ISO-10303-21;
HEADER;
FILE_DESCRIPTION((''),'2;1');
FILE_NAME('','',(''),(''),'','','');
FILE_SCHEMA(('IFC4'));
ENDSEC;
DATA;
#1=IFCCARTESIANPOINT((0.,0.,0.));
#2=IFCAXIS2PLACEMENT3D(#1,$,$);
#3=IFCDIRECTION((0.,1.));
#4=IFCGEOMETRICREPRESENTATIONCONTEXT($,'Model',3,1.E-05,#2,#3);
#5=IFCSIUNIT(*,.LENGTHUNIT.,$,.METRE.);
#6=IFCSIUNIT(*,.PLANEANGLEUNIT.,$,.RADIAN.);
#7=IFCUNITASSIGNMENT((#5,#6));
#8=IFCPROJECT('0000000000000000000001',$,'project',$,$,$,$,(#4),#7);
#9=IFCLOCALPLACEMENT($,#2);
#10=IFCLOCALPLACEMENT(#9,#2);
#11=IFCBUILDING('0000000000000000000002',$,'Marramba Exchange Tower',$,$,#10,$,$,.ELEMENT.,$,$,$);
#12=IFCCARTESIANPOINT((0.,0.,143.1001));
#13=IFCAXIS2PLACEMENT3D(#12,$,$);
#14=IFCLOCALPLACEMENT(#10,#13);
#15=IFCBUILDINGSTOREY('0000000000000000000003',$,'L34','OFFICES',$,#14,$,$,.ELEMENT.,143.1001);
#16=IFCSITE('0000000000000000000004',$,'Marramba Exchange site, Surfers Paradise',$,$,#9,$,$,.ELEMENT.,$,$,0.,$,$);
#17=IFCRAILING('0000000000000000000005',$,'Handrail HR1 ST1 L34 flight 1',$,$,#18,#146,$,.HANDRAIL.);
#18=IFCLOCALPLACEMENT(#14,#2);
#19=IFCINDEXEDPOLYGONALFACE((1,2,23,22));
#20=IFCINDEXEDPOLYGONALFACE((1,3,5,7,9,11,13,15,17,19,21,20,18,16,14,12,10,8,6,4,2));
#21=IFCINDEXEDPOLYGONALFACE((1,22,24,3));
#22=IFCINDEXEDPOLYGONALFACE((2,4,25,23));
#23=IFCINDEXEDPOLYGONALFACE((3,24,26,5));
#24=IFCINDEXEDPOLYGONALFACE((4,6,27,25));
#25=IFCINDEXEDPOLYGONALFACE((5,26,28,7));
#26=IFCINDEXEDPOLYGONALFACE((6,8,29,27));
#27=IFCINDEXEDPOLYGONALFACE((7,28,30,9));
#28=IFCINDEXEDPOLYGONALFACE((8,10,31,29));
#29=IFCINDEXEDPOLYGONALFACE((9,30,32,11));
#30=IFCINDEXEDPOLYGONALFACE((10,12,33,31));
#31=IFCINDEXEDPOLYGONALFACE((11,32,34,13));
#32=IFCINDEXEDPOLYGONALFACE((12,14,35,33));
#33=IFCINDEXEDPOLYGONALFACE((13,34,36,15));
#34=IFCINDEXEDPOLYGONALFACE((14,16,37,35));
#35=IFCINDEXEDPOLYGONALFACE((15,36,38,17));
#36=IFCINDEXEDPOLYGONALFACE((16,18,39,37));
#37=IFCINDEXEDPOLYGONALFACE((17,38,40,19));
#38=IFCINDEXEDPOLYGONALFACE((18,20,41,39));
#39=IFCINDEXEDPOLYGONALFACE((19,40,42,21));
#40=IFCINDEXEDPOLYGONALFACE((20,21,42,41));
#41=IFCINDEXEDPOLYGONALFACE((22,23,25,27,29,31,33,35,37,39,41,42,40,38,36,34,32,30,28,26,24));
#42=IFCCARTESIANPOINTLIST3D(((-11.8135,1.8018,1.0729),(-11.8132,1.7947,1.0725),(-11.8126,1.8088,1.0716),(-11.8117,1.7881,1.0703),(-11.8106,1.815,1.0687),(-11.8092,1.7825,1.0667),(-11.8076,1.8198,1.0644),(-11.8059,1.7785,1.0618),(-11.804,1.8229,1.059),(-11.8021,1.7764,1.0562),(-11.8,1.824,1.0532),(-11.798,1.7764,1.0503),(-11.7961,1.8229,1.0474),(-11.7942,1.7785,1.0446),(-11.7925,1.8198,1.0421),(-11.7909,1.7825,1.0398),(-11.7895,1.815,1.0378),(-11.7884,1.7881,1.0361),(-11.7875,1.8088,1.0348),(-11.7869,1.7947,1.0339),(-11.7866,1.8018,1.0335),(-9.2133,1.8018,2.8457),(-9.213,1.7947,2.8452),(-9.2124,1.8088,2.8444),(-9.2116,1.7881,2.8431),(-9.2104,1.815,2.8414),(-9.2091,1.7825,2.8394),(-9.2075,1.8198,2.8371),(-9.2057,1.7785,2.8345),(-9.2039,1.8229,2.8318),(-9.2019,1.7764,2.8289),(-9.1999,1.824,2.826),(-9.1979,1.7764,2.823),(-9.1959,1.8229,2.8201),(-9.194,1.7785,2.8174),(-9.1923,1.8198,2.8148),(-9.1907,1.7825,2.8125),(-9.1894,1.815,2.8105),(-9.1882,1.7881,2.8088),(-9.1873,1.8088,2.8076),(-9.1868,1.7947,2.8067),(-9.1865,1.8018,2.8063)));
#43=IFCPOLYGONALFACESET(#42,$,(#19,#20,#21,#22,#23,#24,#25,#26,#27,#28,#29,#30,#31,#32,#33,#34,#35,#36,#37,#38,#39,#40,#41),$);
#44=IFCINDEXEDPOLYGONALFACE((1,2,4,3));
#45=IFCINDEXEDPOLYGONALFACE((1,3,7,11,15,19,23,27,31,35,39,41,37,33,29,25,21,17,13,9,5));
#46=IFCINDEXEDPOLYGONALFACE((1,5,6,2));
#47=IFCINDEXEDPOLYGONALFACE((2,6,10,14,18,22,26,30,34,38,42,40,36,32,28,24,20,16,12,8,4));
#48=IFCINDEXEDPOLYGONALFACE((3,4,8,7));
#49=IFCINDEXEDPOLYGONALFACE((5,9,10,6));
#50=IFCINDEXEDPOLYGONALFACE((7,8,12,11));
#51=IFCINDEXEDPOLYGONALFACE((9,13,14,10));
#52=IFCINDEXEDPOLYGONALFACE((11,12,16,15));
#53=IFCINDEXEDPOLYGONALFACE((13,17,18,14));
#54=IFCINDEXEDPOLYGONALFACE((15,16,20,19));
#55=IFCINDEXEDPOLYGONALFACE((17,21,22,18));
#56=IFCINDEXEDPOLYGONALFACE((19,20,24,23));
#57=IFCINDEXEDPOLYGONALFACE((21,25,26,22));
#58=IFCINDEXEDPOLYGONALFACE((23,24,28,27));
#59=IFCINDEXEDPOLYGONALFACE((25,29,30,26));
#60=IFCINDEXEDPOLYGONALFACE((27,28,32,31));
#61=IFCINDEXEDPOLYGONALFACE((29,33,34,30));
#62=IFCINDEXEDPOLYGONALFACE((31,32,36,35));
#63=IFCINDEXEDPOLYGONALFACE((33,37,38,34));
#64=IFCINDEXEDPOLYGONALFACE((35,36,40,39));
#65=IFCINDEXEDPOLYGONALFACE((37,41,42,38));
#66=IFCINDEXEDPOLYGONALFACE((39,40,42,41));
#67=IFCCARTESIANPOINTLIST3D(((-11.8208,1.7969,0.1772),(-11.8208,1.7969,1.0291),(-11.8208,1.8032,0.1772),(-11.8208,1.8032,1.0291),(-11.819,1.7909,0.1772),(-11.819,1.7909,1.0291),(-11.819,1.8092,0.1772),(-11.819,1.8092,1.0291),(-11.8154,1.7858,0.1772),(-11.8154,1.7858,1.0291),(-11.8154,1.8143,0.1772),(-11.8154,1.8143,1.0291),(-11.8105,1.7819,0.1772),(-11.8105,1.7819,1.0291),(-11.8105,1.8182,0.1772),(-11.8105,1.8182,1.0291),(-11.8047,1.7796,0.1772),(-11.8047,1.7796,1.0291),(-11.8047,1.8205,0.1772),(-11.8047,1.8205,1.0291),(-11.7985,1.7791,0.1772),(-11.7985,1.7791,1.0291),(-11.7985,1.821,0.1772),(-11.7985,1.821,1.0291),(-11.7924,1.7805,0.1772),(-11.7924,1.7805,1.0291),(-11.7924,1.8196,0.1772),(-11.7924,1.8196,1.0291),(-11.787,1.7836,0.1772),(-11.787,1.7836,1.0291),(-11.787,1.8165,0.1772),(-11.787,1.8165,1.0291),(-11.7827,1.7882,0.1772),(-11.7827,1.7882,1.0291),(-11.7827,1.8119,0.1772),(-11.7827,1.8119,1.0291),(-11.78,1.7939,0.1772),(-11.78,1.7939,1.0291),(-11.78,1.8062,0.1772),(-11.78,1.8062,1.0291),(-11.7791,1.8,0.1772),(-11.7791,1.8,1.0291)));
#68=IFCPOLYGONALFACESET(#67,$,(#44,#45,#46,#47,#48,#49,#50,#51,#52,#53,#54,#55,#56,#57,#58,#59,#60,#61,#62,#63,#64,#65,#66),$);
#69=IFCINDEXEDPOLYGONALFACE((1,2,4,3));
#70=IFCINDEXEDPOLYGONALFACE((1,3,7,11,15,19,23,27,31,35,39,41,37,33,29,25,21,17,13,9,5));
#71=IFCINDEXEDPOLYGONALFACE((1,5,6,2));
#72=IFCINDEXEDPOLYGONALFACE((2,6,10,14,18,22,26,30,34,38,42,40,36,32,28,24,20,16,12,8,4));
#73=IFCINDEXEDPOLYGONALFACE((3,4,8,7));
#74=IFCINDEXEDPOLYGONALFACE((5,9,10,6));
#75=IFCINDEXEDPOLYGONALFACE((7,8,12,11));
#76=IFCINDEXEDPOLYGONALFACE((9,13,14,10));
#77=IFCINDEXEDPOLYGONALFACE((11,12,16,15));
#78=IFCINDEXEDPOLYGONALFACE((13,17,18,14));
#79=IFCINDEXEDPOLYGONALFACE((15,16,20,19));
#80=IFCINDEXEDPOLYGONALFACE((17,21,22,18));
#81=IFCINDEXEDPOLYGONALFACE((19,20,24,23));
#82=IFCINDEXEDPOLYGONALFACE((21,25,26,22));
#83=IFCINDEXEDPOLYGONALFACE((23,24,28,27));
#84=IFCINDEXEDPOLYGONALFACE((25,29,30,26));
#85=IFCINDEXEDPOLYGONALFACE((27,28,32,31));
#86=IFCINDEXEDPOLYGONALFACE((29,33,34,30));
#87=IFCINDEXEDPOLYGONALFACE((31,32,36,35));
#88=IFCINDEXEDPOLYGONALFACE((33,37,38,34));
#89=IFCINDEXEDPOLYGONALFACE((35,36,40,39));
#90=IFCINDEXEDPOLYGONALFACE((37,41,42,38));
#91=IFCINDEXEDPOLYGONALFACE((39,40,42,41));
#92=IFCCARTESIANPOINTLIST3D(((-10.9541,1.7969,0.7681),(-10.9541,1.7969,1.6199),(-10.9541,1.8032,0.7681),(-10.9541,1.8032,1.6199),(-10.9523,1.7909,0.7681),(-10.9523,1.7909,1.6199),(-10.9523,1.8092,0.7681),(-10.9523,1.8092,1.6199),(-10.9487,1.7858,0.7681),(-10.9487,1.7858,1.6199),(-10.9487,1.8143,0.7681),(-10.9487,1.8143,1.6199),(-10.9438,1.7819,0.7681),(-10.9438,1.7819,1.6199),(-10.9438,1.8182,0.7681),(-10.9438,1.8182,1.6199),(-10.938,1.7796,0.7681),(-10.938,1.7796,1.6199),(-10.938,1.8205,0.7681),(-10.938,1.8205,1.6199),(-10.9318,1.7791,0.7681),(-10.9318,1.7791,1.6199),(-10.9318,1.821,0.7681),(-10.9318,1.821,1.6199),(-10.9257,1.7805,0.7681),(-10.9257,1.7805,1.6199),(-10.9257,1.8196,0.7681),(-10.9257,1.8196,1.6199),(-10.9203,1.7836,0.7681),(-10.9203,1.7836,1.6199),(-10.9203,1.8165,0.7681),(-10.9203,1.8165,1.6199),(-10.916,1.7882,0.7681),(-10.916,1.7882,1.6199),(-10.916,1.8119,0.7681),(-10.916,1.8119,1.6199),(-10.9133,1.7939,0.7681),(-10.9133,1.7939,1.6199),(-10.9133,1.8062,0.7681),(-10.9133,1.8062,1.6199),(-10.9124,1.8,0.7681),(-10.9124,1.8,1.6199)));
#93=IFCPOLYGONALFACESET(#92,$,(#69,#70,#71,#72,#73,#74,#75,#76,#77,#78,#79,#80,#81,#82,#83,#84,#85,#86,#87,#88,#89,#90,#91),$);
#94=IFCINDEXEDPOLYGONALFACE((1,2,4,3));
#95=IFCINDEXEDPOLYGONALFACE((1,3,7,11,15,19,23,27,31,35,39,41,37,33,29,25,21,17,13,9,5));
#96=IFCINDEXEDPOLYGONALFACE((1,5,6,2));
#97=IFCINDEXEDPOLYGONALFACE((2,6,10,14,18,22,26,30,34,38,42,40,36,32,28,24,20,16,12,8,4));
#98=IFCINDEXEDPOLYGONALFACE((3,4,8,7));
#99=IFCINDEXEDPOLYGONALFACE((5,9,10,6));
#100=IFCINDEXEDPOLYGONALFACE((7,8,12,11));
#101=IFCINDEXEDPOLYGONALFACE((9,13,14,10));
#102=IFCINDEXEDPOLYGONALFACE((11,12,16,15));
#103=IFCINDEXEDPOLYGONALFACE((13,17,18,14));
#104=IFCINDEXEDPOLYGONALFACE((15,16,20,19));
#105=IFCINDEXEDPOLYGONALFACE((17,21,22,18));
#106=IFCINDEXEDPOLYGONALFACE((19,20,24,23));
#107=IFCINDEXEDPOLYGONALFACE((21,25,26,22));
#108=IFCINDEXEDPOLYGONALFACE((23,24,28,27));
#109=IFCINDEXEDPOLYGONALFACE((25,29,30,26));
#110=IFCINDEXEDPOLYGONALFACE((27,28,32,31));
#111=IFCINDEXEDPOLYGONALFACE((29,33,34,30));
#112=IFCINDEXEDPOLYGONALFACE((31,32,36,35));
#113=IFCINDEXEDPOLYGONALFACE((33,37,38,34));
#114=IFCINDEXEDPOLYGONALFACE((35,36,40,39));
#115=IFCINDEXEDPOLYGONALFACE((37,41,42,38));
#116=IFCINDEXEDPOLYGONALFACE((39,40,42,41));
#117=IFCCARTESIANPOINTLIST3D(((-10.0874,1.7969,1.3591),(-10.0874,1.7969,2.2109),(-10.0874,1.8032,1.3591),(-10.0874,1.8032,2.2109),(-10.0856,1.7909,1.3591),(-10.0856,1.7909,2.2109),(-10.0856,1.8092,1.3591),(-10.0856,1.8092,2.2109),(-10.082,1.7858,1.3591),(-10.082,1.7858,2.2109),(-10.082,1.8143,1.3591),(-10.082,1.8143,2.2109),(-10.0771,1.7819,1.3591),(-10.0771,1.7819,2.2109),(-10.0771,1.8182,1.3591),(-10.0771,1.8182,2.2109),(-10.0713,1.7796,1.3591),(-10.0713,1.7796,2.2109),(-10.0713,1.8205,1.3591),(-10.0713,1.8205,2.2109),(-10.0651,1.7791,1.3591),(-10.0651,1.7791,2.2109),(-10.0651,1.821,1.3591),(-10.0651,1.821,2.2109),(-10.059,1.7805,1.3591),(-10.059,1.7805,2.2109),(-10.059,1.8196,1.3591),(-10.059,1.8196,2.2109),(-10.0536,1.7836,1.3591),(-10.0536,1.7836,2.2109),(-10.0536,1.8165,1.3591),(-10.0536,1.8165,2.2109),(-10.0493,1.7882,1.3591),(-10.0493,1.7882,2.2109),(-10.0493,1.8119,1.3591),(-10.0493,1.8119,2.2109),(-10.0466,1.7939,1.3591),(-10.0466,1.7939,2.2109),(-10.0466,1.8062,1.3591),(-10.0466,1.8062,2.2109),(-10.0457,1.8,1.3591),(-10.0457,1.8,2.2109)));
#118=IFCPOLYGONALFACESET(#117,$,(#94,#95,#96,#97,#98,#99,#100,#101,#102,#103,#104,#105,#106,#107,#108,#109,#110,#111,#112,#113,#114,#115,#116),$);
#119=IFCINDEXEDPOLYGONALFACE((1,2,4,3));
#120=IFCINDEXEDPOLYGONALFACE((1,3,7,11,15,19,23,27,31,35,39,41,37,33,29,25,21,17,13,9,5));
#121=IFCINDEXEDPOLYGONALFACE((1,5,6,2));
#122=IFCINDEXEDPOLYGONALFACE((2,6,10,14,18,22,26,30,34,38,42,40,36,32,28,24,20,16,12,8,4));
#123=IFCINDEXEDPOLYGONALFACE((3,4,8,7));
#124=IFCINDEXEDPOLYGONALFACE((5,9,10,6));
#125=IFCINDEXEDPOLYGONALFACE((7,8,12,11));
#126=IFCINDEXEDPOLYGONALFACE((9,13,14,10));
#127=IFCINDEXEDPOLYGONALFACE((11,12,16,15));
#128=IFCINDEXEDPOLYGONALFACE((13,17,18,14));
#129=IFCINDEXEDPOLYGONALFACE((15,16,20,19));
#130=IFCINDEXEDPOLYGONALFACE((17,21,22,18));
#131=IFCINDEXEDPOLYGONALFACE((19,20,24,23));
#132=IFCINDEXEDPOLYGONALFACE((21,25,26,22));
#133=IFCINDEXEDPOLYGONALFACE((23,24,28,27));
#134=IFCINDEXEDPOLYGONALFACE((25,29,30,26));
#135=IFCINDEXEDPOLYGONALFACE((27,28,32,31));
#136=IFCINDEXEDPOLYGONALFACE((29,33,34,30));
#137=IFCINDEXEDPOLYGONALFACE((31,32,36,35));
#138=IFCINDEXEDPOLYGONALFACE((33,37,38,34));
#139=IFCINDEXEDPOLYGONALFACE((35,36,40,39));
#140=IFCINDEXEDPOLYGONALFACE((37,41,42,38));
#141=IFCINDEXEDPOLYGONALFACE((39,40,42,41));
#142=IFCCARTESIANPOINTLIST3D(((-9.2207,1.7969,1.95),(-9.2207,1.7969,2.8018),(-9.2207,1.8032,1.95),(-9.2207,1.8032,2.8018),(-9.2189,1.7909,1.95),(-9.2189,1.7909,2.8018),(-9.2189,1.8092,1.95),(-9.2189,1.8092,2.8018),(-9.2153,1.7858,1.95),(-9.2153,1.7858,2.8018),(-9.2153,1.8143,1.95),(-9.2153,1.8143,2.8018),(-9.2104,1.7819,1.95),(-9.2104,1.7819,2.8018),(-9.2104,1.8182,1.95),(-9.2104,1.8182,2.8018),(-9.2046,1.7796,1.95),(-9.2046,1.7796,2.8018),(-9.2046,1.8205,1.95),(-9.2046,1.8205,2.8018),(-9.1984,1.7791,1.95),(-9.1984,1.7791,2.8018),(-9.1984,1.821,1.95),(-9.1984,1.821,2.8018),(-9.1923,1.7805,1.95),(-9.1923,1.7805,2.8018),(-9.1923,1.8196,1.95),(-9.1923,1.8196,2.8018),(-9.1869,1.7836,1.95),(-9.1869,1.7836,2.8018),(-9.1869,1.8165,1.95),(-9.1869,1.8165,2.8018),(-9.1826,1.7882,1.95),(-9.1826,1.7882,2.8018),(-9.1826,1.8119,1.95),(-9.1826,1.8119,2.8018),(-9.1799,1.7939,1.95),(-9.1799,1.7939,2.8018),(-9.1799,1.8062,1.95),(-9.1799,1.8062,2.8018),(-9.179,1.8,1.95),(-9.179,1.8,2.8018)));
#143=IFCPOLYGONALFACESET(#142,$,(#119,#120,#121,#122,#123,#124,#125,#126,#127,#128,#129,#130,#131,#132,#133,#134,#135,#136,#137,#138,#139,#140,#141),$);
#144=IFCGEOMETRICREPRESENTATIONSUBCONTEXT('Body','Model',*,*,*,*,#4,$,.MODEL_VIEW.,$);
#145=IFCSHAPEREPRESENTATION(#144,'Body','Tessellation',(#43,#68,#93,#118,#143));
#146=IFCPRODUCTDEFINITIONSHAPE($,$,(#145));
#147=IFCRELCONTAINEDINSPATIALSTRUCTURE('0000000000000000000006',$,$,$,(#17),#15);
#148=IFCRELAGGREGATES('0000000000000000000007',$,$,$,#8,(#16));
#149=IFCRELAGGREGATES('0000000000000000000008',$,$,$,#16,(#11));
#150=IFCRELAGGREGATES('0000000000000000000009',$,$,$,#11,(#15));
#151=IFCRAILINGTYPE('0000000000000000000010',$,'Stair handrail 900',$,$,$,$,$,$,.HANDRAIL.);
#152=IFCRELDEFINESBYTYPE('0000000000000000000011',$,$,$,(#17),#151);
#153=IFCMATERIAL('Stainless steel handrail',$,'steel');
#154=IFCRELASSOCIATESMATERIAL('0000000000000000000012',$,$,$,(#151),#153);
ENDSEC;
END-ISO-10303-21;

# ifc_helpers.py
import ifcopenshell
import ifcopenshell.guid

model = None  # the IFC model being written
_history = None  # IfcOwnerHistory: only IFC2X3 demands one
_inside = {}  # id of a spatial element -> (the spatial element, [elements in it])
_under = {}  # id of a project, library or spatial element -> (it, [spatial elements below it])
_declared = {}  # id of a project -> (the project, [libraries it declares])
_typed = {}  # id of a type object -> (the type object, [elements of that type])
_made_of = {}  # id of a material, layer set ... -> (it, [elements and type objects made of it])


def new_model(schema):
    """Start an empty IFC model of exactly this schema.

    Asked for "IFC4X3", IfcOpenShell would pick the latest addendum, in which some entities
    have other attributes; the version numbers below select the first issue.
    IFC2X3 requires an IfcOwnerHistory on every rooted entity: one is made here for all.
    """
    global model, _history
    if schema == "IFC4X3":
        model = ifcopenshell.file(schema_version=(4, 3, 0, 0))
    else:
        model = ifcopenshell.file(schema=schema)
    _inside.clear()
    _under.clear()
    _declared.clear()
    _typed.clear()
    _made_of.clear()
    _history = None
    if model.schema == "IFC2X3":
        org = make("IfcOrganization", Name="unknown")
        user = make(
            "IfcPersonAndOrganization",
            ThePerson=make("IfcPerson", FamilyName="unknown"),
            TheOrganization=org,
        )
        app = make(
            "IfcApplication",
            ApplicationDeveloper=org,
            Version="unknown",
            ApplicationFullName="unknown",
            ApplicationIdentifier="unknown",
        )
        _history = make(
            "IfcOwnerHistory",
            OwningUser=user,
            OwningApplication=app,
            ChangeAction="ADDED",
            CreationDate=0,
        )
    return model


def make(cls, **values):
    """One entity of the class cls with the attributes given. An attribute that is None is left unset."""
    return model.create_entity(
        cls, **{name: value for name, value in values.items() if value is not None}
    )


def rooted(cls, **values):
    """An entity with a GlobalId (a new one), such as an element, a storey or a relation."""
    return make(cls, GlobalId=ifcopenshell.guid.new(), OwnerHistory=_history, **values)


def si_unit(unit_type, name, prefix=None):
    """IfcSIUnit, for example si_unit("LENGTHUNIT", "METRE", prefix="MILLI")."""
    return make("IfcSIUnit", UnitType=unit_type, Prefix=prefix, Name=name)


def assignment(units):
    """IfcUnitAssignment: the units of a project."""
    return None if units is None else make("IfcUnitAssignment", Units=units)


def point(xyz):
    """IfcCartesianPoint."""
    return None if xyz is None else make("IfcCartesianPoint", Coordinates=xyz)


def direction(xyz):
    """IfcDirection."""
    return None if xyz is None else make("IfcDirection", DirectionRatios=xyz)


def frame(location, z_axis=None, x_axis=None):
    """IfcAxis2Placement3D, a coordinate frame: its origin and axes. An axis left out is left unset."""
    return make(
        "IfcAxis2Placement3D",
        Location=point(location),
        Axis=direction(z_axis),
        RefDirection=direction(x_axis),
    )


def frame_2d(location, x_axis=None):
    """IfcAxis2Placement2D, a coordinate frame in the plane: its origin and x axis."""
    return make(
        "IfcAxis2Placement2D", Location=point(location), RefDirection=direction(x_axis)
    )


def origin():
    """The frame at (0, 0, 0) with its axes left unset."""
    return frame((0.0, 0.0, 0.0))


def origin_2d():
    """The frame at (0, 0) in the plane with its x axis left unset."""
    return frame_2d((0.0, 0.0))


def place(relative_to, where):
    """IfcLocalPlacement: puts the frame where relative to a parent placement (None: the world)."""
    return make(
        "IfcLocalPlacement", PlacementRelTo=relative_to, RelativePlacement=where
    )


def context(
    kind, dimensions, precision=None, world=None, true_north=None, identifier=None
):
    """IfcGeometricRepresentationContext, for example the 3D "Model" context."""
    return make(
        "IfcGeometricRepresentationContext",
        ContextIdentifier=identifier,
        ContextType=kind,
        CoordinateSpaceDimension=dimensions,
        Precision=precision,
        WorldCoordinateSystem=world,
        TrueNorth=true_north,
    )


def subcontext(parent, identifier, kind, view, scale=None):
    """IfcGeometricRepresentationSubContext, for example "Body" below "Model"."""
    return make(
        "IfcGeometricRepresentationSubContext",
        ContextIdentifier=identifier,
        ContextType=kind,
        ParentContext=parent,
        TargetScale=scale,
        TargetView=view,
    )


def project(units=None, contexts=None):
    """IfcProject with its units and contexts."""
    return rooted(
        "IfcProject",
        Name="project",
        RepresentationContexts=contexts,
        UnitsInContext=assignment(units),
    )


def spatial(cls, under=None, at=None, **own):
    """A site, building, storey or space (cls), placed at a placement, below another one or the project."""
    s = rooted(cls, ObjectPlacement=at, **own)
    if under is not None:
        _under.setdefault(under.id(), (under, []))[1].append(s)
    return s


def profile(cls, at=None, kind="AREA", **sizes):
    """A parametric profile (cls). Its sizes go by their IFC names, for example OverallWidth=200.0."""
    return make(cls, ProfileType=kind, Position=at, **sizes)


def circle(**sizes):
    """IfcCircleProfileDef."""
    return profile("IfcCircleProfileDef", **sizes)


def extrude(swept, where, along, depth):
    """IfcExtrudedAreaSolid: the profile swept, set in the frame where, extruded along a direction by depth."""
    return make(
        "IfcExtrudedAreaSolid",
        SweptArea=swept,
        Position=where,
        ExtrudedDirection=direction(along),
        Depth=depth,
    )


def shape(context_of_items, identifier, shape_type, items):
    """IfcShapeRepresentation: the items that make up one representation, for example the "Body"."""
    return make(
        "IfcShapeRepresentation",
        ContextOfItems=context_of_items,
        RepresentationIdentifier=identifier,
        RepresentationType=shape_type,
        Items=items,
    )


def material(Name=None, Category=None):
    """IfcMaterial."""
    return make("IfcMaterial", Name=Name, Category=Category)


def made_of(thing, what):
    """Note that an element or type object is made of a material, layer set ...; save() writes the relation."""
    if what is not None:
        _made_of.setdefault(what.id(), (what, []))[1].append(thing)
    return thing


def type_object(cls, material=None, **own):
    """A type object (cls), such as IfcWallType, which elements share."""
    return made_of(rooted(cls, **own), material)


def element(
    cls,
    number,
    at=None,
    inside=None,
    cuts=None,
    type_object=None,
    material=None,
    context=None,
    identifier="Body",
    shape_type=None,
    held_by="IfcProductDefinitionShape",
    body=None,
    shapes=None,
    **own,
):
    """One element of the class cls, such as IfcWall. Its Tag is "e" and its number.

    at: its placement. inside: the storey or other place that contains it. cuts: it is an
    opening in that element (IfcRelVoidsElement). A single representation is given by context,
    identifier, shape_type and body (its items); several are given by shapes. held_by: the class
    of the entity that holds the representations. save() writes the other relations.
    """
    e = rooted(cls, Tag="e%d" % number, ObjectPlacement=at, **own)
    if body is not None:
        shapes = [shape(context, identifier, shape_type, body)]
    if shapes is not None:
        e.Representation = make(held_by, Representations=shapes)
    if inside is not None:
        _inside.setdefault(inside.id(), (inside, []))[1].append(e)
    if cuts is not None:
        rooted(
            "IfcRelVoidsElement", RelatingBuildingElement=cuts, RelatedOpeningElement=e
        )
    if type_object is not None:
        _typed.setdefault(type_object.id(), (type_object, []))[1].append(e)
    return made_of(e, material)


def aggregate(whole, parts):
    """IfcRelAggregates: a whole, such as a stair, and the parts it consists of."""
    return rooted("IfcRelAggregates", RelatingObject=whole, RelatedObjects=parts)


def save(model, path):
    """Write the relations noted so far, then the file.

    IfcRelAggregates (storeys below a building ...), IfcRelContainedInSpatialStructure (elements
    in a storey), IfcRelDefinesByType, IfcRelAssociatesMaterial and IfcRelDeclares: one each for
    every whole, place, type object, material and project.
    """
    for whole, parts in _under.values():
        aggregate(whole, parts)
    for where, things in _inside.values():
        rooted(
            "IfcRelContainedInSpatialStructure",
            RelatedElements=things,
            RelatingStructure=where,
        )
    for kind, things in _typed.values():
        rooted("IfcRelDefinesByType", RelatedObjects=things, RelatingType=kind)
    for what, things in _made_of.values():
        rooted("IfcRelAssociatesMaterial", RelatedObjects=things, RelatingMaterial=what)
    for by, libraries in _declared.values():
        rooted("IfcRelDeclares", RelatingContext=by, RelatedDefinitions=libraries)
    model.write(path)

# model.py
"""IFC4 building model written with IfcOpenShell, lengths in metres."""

from ifc_helpers import new_model, si_unit, direction, frame, origin, origin_2d, place, context, subcontext, project, spatial, circle, extrude, material, type_object, element, save


model = new_model("IFC4")

# Units and contexts
model_context = context("Model", 3, precision=1e-05, world=origin(), true_north=direction((0.0, 1.0)))
body_context = subcontext(model_context, "Body", "Model", "MODEL_VIEW")
ifc_project = project(units=[si_unit("LENGTHUNIT", "METRE"), si_unit("PLANEANGLEUNIT", "RADIAN")], contexts=[model_context])

# Site, building, storey
site_placement = place(None, origin())
site = spatial("IfcSite", under=ifc_project, at=site_placement, Name="Marramba Exchange site, Surfers Paradise", CompositionType="ELEMENT", RefElevation=0.0)
building_placement = place(site_placement, origin())
building = spatial("IfcBuilding", under=site, at=building_placement, Name="Marramba Exchange Tower", CompositionType="ELEMENT")
storey_placement = place(building_placement, frame((0.0, 0.0, 143.1001)))
storey = spatial("IfcBuildingStorey", under=building, at=storey_placement, Name="L34", Description="OFFICES", CompositionType="ELEMENT", Elevation=143.1001)

# Railing
ifc_material_1 = material(Name="Stainless steel handrail", Category="steel")
railing_type = type_object("IfcRailingType", Name="Stair handrail 900", PredefinedType="HANDRAIL", material=ifc_material_1)
railing_placement = place(storey_placement, frame((-11.8, 1.8, 0.1772)))
element("IfcRailing", 1, at=railing_placement, inside=storey, type_object=railing_type, Name="Handrail HR1 ST1 L34 flight 1", PredefinedType="HANDRAIL", context=body_context, shape_type="SweptSolid", body=[
    extrude(circle(Radius=0.0239, at=origin_2d()), frame((0.0, 0.0, 0.876), z_axis=(0.82624, 0.0, 0.563318), x_axis=(0.0, 1.0, 0.0)), (0.0, 0.0, 1.0), 3.147),
    extrude(circle(Radius=0.021, at=origin_2d()), origin(), (0.0, 0.0, 1.0), 0.8518),
    extrude(circle(Radius=0.021, at=origin_2d()), frame((0.8667, 0.0, 0.5908)), (0.0, 0.0, 1.0), 0.8518),
    extrude(circle(Radius=0.021, at=origin_2d()), frame((1.7334, 0.0, 1.1819)), (0.0, 0.0, 1.0), 0.8518),
    extrude(circle(Radius=0.021, at=origin_2d()), frame((2.6001, 0.0, 1.7727)), (0.0, 0.0, 1.0), 0.8518),
])

save(model, "model.ifc")
